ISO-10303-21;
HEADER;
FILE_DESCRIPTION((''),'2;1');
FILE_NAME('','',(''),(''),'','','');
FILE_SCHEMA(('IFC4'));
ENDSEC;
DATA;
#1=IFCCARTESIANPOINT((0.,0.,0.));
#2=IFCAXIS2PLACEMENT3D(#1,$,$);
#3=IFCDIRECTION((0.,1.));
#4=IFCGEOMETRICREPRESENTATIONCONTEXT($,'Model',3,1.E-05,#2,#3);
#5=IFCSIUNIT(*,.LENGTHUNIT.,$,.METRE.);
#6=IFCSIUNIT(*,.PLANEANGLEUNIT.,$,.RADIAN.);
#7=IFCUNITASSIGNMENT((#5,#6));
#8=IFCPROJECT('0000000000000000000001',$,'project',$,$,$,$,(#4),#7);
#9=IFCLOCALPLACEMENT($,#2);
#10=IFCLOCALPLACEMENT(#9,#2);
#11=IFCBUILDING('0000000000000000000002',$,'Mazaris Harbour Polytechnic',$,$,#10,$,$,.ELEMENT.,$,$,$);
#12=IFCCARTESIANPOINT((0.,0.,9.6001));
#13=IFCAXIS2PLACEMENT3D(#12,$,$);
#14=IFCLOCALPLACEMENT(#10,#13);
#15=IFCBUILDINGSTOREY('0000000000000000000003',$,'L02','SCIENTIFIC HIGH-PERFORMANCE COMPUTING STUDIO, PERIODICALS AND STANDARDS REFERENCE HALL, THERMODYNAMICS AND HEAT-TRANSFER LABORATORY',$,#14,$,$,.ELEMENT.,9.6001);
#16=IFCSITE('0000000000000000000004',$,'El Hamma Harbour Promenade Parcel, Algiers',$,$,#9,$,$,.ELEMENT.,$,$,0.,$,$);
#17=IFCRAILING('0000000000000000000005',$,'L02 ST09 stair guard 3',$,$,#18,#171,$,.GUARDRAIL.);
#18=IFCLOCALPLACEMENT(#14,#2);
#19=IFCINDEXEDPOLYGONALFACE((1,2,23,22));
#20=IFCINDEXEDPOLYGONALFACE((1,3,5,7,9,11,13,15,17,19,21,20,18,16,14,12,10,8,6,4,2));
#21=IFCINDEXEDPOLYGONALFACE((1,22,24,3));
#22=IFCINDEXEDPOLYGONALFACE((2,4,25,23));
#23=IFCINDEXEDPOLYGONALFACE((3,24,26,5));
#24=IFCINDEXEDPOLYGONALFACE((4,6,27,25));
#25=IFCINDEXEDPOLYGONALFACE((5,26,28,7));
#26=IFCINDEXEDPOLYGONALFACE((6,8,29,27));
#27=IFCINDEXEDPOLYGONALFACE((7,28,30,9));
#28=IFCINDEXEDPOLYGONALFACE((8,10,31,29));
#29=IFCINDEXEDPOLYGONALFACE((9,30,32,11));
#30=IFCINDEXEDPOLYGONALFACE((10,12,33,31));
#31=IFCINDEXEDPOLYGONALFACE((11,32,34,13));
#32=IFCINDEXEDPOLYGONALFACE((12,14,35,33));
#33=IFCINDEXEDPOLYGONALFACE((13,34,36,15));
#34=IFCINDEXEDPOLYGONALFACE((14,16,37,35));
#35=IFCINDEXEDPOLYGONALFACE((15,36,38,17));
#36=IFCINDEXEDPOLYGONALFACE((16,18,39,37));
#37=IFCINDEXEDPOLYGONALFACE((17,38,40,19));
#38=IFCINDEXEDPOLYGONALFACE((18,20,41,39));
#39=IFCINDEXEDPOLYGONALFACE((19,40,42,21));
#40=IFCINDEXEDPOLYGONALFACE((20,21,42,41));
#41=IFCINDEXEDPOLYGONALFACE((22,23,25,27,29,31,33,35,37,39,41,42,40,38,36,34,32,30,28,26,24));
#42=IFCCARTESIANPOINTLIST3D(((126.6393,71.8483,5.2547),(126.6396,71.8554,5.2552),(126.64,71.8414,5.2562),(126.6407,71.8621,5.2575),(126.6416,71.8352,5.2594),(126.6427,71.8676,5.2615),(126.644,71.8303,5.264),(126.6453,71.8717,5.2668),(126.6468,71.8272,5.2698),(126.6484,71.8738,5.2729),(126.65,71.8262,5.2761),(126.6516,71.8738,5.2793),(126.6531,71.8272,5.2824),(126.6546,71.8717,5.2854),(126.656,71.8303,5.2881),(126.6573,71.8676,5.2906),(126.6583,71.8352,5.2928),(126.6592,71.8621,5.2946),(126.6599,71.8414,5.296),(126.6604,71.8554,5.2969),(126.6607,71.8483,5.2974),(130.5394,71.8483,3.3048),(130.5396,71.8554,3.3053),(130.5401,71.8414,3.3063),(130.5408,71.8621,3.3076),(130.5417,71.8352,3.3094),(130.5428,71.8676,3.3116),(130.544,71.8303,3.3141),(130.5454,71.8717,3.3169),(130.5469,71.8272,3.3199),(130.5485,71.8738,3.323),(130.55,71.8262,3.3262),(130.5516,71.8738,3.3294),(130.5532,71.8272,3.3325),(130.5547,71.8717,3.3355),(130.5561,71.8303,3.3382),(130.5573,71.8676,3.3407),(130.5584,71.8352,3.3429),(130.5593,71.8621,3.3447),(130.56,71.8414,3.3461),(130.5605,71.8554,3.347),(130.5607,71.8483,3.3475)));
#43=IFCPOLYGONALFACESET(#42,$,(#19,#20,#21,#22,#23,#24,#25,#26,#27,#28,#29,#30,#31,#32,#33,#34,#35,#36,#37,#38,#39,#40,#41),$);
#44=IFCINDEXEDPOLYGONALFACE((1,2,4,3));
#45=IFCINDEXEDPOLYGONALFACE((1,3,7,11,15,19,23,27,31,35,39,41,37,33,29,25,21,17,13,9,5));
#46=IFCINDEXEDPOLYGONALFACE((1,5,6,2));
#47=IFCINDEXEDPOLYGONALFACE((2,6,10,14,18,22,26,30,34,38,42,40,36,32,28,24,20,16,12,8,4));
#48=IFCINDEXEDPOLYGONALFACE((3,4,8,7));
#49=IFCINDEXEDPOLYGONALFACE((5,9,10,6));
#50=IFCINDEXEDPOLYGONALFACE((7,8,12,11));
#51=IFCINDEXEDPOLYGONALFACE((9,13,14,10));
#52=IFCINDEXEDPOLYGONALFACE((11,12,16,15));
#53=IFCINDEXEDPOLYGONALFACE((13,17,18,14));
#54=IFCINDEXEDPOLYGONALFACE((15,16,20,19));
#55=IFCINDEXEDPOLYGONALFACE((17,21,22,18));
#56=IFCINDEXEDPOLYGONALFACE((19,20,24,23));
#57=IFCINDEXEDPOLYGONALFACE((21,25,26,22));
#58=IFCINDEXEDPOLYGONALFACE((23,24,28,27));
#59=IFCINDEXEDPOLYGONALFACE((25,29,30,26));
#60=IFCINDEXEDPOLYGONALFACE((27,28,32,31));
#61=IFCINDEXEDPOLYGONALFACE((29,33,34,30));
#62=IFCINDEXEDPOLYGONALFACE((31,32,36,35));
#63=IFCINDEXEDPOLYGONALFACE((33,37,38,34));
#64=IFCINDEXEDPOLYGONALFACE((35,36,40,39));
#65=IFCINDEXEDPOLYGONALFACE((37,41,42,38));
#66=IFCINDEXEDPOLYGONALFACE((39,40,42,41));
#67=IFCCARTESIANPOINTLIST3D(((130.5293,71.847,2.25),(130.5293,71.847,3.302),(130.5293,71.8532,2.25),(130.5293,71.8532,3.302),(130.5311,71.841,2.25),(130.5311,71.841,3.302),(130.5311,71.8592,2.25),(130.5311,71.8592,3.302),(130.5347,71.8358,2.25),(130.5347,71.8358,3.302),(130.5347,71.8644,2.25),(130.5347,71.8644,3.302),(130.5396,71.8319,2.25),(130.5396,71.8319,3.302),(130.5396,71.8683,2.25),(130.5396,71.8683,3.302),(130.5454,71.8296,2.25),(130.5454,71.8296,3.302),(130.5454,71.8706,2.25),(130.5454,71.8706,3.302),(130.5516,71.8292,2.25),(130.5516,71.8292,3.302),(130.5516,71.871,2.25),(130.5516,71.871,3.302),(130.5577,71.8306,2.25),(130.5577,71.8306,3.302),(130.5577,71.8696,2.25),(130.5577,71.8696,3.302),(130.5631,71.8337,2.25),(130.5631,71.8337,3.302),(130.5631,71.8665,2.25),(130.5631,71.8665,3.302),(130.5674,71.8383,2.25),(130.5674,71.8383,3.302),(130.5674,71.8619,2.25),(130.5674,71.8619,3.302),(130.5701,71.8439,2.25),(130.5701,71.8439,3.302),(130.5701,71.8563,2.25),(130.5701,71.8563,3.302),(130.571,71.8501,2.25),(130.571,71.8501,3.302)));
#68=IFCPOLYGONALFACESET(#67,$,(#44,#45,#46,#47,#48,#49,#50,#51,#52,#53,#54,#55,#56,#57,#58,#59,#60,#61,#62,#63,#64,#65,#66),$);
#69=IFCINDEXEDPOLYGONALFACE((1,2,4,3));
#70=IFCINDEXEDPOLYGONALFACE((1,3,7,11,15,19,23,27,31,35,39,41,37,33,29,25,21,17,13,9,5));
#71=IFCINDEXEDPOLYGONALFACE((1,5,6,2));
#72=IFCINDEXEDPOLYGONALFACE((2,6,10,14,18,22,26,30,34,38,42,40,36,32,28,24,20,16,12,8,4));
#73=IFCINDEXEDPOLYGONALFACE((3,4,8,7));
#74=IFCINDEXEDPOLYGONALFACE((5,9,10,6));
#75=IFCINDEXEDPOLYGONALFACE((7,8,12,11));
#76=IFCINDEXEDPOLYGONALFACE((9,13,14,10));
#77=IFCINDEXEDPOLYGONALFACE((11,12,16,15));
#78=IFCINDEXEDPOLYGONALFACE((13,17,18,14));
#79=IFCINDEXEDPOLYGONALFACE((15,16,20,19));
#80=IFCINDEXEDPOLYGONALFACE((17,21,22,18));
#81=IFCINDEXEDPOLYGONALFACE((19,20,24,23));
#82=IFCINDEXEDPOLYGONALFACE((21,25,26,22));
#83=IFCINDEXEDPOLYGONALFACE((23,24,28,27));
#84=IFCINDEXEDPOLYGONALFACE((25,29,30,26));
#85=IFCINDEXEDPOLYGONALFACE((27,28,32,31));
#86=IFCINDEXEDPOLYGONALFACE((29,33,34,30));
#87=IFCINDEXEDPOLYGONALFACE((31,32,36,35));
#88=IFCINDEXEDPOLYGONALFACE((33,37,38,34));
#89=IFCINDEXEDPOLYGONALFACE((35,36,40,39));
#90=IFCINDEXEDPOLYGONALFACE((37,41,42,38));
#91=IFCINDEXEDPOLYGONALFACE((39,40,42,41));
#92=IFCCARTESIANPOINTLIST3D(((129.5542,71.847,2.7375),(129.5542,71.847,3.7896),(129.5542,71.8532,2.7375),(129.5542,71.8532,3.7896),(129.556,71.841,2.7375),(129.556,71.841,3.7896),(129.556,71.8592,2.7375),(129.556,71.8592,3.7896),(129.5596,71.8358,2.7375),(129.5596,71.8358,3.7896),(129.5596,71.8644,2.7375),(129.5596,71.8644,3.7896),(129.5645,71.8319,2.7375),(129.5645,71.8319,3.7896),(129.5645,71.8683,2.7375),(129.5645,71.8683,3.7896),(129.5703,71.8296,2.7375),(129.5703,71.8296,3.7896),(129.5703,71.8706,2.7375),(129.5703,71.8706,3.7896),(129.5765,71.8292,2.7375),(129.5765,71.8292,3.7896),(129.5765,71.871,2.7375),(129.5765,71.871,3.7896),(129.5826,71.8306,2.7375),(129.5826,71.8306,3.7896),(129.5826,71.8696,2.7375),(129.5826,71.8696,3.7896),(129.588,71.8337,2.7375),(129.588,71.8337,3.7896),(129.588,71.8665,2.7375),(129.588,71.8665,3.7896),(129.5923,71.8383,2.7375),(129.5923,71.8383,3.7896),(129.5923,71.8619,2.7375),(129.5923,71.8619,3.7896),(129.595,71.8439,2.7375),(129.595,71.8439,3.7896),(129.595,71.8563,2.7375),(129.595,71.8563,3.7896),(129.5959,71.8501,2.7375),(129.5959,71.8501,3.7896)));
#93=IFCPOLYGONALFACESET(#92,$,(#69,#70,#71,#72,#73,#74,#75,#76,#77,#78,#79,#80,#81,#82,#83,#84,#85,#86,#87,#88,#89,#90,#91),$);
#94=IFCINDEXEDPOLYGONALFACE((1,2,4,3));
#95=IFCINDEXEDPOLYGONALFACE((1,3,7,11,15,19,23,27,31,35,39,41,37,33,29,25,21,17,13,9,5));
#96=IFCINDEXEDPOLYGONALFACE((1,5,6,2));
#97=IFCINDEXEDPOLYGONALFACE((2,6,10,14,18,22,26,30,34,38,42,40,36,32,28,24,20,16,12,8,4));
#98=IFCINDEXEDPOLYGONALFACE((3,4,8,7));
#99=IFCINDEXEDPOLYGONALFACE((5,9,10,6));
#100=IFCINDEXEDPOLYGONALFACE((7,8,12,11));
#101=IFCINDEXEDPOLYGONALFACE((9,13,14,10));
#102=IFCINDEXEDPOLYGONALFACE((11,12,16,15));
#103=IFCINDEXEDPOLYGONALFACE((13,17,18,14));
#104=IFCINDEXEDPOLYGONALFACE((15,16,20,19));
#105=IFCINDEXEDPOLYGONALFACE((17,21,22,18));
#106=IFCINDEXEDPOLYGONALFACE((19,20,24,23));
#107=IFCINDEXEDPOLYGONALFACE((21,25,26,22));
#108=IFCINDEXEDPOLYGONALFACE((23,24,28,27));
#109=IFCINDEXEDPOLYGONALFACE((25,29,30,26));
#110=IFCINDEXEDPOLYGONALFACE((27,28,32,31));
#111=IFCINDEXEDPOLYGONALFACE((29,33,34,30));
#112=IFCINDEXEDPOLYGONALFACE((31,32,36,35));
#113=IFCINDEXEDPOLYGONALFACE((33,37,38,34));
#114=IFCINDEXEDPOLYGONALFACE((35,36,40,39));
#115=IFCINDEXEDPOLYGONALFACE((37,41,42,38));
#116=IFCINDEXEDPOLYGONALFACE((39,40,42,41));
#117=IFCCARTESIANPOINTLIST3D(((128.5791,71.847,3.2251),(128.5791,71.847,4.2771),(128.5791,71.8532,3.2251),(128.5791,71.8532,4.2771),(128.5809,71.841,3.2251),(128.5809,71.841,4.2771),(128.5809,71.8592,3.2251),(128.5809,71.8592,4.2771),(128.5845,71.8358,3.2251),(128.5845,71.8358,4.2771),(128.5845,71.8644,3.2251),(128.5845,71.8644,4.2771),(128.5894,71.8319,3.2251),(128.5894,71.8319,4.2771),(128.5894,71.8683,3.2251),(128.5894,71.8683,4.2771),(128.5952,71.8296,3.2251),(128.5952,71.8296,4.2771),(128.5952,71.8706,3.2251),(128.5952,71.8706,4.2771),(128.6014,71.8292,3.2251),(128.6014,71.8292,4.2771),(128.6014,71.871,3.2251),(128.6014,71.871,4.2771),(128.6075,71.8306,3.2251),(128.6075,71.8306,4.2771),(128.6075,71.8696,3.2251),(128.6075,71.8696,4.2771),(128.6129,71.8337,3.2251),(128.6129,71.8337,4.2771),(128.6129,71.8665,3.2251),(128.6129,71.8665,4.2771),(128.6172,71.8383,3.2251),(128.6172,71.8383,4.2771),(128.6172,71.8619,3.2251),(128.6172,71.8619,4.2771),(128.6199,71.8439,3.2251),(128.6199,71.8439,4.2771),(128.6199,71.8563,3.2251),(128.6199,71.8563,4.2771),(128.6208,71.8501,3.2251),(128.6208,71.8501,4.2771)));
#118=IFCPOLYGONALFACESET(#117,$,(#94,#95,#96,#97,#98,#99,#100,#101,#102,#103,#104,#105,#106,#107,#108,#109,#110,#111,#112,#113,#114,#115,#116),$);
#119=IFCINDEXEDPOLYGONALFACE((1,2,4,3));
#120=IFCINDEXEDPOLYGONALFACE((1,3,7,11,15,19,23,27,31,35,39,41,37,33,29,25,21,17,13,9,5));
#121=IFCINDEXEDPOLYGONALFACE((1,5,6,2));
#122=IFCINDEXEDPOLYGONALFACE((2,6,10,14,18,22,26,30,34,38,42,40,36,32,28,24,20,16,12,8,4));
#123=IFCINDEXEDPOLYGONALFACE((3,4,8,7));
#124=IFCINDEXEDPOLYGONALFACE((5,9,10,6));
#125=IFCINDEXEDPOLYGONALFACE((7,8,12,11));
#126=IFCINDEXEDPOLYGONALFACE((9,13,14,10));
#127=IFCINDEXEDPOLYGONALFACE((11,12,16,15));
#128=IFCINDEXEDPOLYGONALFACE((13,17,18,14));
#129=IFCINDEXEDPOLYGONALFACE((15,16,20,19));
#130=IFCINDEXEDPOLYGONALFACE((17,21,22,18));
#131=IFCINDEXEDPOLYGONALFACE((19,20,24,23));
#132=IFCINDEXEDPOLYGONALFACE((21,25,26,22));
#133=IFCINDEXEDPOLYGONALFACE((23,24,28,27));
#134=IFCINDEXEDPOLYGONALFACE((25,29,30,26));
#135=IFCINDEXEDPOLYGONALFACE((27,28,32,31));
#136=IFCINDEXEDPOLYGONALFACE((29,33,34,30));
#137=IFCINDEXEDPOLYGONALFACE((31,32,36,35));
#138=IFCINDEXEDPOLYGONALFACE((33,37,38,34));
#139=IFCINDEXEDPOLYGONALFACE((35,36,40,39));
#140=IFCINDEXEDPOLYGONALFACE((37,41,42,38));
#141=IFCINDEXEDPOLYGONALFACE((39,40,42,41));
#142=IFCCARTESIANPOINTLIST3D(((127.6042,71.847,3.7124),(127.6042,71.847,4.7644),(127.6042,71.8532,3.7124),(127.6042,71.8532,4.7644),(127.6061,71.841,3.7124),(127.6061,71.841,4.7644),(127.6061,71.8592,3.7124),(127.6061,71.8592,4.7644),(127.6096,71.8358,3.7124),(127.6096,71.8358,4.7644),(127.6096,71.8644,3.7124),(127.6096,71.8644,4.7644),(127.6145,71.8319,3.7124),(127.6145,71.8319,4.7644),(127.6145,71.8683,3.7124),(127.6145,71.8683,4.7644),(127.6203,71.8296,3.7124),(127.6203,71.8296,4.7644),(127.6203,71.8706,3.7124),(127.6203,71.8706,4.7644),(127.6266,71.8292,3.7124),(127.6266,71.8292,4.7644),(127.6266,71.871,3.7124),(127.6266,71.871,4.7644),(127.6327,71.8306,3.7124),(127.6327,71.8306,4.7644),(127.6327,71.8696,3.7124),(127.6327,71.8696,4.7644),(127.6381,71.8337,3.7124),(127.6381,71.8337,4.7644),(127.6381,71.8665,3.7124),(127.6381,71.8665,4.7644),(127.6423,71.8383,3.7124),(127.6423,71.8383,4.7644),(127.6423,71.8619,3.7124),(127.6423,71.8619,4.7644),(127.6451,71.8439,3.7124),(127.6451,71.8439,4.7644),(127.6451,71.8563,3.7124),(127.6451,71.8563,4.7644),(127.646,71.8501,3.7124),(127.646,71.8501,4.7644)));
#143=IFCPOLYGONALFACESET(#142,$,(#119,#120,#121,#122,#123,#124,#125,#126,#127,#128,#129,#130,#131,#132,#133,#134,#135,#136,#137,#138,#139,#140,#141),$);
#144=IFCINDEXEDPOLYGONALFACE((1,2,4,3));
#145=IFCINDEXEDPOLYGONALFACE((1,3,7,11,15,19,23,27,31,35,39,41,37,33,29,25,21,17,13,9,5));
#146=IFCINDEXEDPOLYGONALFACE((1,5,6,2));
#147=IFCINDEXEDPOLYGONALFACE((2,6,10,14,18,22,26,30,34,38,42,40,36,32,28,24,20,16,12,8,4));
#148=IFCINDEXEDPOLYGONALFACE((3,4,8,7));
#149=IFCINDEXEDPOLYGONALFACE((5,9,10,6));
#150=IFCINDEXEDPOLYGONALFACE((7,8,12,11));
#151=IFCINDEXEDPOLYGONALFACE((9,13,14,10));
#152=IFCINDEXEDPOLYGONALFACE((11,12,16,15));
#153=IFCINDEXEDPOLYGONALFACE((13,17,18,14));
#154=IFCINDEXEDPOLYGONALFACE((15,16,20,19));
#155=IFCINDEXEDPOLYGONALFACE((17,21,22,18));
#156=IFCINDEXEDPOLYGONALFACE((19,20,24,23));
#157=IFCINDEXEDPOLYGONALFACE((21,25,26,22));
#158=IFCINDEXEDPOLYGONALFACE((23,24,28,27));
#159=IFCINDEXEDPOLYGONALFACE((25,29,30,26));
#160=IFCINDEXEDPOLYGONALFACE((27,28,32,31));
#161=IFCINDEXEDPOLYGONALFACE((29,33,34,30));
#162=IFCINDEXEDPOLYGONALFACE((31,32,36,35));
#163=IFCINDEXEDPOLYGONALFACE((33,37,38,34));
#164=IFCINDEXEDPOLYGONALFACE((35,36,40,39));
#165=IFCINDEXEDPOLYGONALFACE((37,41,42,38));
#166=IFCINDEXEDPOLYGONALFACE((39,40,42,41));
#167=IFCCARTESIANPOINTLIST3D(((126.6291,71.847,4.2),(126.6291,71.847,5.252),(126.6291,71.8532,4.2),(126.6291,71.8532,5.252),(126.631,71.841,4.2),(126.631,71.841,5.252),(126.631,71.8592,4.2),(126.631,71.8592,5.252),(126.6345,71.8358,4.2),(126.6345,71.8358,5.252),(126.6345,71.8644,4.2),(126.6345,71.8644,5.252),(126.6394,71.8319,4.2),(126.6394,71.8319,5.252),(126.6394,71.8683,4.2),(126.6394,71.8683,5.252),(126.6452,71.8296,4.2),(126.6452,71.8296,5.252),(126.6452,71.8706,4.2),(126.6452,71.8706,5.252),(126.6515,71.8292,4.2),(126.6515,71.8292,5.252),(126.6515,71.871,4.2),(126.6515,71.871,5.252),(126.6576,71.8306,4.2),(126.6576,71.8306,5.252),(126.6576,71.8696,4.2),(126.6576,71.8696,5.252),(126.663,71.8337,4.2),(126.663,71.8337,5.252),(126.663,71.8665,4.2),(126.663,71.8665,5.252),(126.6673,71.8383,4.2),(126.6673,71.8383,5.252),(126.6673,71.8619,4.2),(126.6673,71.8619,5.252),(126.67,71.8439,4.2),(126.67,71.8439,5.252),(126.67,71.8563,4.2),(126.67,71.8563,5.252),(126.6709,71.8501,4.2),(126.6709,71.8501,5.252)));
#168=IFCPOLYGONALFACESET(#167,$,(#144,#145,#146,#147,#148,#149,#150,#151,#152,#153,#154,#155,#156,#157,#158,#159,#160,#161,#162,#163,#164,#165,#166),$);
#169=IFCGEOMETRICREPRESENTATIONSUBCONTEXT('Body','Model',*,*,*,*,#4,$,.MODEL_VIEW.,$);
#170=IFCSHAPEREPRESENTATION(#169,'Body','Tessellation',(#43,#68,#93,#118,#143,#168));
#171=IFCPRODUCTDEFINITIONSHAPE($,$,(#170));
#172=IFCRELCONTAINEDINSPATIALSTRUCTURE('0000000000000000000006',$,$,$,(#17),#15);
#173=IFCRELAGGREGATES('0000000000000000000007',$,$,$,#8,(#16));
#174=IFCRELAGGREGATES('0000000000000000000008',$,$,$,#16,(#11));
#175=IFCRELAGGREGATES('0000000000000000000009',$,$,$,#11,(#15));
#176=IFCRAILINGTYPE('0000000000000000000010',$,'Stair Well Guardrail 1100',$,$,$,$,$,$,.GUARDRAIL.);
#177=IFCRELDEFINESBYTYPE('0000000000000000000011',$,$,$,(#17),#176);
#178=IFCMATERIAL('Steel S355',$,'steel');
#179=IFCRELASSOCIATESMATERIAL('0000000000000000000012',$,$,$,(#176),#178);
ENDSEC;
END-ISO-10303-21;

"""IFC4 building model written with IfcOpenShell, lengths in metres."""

from ifc_helpers import new_model, si_unit, direction, frame, origin, origin_2d, place, context, subcontext, project, spatial, circle, extrude, material, type_object, element, save


model = new_model("IFC4")

# Units and contexts
model_context = context("Model", 3, precision=1e-05, world=origin(), true_north=direction((0.0, 1.0)))
body_context = subcontext(model_context, "Body", "Model", "MODEL_VIEW")
ifc_project = project(units=[si_unit("LENGTHUNIT", "METRE"), si_unit("PLANEANGLEUNIT", "RADIAN")], contexts=[model_context])

# Site, building, storey
site_placement = place(None, origin())
site = spatial("IfcSite", under=ifc_project, at=site_placement, Name="El Hamma Harbour Promenade Parcel, Algiers", CompositionType="ELEMENT", RefElevation=0.0)
building_placement = place(site_placement, origin())
building = spatial("IfcBuilding", under=site, at=building_placement, Name="Mazaris Harbour Polytechnic", CompositionType="ELEMENT")
storey_placement = place(building_placement, frame((0.0, 0.0, 9.6001)))
storey = spatial("IfcBuildingStorey", under=building, at=storey_placement, Name="L02", Description="SCIENTIFIC HIGH-PERFORMANCE COMPUTING STUDIO, PERIODICALS AND STANDARDS REFERENCE HALL, THERMODYNAMICS AND HEAT-TRANSFER LABORATORY", CompositionType="ELEMENT", Elevation=9.6001)

# Railing
ifc_material_1 = material(Name="Steel S355", Category="steel")
railing_type_1 = type_object("IfcRailingType", Name="Stair Well Guardrail 1100", PredefinedType="GUARDRAIL", material=ifc_material_1)
railing_1_placement = place(storey_placement, frame((130.55, 71.8501, 2.25)))
element("IfcRailing", 1, at=railing_1_placement, inside=storey, type_object=railing_type_1, Name="L02 ST09 stair guard 3", PredefinedType="GUARDRAIL", context=body_context, shape_type="SweptSolid", body=[
    extrude(circle(Radius=0.0239, at=origin_2d()), frame((0.0, 0.0, 1.0762), z_axis=(-0.894438, 0.0, 0.447191), x_axis=(0.0, -1.0, 0.0)), (0.0, 0.0, 1.0), 4.3604),
    extrude(circle(Radius=0.021, at=origin_2d()), origin(), (0.0, 0.0, 1.0), 1.052),
    extrude(circle(Radius=0.021, at=origin_2d()), frame((-0.9751, 0.0, 0.4875)), (0.0, 0.0, 1.0), 1.052),
    extrude(circle(Radius=0.021, at=origin_2d()), frame((-1.9502, 0.0, 0.9751)), (0.0, 0.0, 1.0), 1.052),
    extrude(circle(Radius=0.021, at=origin_2d()), frame((-2.925, 0.0, 1.4624)), (0.0, 0.0, 1.0), 1.052),
    extrude(circle(Radius=0.021, at=origin_2d()), frame((-3.9001, 0.0, 1.95)), (0.0, 0.0, 1.0), 1.052),
])

save(model, "model.ifc")
